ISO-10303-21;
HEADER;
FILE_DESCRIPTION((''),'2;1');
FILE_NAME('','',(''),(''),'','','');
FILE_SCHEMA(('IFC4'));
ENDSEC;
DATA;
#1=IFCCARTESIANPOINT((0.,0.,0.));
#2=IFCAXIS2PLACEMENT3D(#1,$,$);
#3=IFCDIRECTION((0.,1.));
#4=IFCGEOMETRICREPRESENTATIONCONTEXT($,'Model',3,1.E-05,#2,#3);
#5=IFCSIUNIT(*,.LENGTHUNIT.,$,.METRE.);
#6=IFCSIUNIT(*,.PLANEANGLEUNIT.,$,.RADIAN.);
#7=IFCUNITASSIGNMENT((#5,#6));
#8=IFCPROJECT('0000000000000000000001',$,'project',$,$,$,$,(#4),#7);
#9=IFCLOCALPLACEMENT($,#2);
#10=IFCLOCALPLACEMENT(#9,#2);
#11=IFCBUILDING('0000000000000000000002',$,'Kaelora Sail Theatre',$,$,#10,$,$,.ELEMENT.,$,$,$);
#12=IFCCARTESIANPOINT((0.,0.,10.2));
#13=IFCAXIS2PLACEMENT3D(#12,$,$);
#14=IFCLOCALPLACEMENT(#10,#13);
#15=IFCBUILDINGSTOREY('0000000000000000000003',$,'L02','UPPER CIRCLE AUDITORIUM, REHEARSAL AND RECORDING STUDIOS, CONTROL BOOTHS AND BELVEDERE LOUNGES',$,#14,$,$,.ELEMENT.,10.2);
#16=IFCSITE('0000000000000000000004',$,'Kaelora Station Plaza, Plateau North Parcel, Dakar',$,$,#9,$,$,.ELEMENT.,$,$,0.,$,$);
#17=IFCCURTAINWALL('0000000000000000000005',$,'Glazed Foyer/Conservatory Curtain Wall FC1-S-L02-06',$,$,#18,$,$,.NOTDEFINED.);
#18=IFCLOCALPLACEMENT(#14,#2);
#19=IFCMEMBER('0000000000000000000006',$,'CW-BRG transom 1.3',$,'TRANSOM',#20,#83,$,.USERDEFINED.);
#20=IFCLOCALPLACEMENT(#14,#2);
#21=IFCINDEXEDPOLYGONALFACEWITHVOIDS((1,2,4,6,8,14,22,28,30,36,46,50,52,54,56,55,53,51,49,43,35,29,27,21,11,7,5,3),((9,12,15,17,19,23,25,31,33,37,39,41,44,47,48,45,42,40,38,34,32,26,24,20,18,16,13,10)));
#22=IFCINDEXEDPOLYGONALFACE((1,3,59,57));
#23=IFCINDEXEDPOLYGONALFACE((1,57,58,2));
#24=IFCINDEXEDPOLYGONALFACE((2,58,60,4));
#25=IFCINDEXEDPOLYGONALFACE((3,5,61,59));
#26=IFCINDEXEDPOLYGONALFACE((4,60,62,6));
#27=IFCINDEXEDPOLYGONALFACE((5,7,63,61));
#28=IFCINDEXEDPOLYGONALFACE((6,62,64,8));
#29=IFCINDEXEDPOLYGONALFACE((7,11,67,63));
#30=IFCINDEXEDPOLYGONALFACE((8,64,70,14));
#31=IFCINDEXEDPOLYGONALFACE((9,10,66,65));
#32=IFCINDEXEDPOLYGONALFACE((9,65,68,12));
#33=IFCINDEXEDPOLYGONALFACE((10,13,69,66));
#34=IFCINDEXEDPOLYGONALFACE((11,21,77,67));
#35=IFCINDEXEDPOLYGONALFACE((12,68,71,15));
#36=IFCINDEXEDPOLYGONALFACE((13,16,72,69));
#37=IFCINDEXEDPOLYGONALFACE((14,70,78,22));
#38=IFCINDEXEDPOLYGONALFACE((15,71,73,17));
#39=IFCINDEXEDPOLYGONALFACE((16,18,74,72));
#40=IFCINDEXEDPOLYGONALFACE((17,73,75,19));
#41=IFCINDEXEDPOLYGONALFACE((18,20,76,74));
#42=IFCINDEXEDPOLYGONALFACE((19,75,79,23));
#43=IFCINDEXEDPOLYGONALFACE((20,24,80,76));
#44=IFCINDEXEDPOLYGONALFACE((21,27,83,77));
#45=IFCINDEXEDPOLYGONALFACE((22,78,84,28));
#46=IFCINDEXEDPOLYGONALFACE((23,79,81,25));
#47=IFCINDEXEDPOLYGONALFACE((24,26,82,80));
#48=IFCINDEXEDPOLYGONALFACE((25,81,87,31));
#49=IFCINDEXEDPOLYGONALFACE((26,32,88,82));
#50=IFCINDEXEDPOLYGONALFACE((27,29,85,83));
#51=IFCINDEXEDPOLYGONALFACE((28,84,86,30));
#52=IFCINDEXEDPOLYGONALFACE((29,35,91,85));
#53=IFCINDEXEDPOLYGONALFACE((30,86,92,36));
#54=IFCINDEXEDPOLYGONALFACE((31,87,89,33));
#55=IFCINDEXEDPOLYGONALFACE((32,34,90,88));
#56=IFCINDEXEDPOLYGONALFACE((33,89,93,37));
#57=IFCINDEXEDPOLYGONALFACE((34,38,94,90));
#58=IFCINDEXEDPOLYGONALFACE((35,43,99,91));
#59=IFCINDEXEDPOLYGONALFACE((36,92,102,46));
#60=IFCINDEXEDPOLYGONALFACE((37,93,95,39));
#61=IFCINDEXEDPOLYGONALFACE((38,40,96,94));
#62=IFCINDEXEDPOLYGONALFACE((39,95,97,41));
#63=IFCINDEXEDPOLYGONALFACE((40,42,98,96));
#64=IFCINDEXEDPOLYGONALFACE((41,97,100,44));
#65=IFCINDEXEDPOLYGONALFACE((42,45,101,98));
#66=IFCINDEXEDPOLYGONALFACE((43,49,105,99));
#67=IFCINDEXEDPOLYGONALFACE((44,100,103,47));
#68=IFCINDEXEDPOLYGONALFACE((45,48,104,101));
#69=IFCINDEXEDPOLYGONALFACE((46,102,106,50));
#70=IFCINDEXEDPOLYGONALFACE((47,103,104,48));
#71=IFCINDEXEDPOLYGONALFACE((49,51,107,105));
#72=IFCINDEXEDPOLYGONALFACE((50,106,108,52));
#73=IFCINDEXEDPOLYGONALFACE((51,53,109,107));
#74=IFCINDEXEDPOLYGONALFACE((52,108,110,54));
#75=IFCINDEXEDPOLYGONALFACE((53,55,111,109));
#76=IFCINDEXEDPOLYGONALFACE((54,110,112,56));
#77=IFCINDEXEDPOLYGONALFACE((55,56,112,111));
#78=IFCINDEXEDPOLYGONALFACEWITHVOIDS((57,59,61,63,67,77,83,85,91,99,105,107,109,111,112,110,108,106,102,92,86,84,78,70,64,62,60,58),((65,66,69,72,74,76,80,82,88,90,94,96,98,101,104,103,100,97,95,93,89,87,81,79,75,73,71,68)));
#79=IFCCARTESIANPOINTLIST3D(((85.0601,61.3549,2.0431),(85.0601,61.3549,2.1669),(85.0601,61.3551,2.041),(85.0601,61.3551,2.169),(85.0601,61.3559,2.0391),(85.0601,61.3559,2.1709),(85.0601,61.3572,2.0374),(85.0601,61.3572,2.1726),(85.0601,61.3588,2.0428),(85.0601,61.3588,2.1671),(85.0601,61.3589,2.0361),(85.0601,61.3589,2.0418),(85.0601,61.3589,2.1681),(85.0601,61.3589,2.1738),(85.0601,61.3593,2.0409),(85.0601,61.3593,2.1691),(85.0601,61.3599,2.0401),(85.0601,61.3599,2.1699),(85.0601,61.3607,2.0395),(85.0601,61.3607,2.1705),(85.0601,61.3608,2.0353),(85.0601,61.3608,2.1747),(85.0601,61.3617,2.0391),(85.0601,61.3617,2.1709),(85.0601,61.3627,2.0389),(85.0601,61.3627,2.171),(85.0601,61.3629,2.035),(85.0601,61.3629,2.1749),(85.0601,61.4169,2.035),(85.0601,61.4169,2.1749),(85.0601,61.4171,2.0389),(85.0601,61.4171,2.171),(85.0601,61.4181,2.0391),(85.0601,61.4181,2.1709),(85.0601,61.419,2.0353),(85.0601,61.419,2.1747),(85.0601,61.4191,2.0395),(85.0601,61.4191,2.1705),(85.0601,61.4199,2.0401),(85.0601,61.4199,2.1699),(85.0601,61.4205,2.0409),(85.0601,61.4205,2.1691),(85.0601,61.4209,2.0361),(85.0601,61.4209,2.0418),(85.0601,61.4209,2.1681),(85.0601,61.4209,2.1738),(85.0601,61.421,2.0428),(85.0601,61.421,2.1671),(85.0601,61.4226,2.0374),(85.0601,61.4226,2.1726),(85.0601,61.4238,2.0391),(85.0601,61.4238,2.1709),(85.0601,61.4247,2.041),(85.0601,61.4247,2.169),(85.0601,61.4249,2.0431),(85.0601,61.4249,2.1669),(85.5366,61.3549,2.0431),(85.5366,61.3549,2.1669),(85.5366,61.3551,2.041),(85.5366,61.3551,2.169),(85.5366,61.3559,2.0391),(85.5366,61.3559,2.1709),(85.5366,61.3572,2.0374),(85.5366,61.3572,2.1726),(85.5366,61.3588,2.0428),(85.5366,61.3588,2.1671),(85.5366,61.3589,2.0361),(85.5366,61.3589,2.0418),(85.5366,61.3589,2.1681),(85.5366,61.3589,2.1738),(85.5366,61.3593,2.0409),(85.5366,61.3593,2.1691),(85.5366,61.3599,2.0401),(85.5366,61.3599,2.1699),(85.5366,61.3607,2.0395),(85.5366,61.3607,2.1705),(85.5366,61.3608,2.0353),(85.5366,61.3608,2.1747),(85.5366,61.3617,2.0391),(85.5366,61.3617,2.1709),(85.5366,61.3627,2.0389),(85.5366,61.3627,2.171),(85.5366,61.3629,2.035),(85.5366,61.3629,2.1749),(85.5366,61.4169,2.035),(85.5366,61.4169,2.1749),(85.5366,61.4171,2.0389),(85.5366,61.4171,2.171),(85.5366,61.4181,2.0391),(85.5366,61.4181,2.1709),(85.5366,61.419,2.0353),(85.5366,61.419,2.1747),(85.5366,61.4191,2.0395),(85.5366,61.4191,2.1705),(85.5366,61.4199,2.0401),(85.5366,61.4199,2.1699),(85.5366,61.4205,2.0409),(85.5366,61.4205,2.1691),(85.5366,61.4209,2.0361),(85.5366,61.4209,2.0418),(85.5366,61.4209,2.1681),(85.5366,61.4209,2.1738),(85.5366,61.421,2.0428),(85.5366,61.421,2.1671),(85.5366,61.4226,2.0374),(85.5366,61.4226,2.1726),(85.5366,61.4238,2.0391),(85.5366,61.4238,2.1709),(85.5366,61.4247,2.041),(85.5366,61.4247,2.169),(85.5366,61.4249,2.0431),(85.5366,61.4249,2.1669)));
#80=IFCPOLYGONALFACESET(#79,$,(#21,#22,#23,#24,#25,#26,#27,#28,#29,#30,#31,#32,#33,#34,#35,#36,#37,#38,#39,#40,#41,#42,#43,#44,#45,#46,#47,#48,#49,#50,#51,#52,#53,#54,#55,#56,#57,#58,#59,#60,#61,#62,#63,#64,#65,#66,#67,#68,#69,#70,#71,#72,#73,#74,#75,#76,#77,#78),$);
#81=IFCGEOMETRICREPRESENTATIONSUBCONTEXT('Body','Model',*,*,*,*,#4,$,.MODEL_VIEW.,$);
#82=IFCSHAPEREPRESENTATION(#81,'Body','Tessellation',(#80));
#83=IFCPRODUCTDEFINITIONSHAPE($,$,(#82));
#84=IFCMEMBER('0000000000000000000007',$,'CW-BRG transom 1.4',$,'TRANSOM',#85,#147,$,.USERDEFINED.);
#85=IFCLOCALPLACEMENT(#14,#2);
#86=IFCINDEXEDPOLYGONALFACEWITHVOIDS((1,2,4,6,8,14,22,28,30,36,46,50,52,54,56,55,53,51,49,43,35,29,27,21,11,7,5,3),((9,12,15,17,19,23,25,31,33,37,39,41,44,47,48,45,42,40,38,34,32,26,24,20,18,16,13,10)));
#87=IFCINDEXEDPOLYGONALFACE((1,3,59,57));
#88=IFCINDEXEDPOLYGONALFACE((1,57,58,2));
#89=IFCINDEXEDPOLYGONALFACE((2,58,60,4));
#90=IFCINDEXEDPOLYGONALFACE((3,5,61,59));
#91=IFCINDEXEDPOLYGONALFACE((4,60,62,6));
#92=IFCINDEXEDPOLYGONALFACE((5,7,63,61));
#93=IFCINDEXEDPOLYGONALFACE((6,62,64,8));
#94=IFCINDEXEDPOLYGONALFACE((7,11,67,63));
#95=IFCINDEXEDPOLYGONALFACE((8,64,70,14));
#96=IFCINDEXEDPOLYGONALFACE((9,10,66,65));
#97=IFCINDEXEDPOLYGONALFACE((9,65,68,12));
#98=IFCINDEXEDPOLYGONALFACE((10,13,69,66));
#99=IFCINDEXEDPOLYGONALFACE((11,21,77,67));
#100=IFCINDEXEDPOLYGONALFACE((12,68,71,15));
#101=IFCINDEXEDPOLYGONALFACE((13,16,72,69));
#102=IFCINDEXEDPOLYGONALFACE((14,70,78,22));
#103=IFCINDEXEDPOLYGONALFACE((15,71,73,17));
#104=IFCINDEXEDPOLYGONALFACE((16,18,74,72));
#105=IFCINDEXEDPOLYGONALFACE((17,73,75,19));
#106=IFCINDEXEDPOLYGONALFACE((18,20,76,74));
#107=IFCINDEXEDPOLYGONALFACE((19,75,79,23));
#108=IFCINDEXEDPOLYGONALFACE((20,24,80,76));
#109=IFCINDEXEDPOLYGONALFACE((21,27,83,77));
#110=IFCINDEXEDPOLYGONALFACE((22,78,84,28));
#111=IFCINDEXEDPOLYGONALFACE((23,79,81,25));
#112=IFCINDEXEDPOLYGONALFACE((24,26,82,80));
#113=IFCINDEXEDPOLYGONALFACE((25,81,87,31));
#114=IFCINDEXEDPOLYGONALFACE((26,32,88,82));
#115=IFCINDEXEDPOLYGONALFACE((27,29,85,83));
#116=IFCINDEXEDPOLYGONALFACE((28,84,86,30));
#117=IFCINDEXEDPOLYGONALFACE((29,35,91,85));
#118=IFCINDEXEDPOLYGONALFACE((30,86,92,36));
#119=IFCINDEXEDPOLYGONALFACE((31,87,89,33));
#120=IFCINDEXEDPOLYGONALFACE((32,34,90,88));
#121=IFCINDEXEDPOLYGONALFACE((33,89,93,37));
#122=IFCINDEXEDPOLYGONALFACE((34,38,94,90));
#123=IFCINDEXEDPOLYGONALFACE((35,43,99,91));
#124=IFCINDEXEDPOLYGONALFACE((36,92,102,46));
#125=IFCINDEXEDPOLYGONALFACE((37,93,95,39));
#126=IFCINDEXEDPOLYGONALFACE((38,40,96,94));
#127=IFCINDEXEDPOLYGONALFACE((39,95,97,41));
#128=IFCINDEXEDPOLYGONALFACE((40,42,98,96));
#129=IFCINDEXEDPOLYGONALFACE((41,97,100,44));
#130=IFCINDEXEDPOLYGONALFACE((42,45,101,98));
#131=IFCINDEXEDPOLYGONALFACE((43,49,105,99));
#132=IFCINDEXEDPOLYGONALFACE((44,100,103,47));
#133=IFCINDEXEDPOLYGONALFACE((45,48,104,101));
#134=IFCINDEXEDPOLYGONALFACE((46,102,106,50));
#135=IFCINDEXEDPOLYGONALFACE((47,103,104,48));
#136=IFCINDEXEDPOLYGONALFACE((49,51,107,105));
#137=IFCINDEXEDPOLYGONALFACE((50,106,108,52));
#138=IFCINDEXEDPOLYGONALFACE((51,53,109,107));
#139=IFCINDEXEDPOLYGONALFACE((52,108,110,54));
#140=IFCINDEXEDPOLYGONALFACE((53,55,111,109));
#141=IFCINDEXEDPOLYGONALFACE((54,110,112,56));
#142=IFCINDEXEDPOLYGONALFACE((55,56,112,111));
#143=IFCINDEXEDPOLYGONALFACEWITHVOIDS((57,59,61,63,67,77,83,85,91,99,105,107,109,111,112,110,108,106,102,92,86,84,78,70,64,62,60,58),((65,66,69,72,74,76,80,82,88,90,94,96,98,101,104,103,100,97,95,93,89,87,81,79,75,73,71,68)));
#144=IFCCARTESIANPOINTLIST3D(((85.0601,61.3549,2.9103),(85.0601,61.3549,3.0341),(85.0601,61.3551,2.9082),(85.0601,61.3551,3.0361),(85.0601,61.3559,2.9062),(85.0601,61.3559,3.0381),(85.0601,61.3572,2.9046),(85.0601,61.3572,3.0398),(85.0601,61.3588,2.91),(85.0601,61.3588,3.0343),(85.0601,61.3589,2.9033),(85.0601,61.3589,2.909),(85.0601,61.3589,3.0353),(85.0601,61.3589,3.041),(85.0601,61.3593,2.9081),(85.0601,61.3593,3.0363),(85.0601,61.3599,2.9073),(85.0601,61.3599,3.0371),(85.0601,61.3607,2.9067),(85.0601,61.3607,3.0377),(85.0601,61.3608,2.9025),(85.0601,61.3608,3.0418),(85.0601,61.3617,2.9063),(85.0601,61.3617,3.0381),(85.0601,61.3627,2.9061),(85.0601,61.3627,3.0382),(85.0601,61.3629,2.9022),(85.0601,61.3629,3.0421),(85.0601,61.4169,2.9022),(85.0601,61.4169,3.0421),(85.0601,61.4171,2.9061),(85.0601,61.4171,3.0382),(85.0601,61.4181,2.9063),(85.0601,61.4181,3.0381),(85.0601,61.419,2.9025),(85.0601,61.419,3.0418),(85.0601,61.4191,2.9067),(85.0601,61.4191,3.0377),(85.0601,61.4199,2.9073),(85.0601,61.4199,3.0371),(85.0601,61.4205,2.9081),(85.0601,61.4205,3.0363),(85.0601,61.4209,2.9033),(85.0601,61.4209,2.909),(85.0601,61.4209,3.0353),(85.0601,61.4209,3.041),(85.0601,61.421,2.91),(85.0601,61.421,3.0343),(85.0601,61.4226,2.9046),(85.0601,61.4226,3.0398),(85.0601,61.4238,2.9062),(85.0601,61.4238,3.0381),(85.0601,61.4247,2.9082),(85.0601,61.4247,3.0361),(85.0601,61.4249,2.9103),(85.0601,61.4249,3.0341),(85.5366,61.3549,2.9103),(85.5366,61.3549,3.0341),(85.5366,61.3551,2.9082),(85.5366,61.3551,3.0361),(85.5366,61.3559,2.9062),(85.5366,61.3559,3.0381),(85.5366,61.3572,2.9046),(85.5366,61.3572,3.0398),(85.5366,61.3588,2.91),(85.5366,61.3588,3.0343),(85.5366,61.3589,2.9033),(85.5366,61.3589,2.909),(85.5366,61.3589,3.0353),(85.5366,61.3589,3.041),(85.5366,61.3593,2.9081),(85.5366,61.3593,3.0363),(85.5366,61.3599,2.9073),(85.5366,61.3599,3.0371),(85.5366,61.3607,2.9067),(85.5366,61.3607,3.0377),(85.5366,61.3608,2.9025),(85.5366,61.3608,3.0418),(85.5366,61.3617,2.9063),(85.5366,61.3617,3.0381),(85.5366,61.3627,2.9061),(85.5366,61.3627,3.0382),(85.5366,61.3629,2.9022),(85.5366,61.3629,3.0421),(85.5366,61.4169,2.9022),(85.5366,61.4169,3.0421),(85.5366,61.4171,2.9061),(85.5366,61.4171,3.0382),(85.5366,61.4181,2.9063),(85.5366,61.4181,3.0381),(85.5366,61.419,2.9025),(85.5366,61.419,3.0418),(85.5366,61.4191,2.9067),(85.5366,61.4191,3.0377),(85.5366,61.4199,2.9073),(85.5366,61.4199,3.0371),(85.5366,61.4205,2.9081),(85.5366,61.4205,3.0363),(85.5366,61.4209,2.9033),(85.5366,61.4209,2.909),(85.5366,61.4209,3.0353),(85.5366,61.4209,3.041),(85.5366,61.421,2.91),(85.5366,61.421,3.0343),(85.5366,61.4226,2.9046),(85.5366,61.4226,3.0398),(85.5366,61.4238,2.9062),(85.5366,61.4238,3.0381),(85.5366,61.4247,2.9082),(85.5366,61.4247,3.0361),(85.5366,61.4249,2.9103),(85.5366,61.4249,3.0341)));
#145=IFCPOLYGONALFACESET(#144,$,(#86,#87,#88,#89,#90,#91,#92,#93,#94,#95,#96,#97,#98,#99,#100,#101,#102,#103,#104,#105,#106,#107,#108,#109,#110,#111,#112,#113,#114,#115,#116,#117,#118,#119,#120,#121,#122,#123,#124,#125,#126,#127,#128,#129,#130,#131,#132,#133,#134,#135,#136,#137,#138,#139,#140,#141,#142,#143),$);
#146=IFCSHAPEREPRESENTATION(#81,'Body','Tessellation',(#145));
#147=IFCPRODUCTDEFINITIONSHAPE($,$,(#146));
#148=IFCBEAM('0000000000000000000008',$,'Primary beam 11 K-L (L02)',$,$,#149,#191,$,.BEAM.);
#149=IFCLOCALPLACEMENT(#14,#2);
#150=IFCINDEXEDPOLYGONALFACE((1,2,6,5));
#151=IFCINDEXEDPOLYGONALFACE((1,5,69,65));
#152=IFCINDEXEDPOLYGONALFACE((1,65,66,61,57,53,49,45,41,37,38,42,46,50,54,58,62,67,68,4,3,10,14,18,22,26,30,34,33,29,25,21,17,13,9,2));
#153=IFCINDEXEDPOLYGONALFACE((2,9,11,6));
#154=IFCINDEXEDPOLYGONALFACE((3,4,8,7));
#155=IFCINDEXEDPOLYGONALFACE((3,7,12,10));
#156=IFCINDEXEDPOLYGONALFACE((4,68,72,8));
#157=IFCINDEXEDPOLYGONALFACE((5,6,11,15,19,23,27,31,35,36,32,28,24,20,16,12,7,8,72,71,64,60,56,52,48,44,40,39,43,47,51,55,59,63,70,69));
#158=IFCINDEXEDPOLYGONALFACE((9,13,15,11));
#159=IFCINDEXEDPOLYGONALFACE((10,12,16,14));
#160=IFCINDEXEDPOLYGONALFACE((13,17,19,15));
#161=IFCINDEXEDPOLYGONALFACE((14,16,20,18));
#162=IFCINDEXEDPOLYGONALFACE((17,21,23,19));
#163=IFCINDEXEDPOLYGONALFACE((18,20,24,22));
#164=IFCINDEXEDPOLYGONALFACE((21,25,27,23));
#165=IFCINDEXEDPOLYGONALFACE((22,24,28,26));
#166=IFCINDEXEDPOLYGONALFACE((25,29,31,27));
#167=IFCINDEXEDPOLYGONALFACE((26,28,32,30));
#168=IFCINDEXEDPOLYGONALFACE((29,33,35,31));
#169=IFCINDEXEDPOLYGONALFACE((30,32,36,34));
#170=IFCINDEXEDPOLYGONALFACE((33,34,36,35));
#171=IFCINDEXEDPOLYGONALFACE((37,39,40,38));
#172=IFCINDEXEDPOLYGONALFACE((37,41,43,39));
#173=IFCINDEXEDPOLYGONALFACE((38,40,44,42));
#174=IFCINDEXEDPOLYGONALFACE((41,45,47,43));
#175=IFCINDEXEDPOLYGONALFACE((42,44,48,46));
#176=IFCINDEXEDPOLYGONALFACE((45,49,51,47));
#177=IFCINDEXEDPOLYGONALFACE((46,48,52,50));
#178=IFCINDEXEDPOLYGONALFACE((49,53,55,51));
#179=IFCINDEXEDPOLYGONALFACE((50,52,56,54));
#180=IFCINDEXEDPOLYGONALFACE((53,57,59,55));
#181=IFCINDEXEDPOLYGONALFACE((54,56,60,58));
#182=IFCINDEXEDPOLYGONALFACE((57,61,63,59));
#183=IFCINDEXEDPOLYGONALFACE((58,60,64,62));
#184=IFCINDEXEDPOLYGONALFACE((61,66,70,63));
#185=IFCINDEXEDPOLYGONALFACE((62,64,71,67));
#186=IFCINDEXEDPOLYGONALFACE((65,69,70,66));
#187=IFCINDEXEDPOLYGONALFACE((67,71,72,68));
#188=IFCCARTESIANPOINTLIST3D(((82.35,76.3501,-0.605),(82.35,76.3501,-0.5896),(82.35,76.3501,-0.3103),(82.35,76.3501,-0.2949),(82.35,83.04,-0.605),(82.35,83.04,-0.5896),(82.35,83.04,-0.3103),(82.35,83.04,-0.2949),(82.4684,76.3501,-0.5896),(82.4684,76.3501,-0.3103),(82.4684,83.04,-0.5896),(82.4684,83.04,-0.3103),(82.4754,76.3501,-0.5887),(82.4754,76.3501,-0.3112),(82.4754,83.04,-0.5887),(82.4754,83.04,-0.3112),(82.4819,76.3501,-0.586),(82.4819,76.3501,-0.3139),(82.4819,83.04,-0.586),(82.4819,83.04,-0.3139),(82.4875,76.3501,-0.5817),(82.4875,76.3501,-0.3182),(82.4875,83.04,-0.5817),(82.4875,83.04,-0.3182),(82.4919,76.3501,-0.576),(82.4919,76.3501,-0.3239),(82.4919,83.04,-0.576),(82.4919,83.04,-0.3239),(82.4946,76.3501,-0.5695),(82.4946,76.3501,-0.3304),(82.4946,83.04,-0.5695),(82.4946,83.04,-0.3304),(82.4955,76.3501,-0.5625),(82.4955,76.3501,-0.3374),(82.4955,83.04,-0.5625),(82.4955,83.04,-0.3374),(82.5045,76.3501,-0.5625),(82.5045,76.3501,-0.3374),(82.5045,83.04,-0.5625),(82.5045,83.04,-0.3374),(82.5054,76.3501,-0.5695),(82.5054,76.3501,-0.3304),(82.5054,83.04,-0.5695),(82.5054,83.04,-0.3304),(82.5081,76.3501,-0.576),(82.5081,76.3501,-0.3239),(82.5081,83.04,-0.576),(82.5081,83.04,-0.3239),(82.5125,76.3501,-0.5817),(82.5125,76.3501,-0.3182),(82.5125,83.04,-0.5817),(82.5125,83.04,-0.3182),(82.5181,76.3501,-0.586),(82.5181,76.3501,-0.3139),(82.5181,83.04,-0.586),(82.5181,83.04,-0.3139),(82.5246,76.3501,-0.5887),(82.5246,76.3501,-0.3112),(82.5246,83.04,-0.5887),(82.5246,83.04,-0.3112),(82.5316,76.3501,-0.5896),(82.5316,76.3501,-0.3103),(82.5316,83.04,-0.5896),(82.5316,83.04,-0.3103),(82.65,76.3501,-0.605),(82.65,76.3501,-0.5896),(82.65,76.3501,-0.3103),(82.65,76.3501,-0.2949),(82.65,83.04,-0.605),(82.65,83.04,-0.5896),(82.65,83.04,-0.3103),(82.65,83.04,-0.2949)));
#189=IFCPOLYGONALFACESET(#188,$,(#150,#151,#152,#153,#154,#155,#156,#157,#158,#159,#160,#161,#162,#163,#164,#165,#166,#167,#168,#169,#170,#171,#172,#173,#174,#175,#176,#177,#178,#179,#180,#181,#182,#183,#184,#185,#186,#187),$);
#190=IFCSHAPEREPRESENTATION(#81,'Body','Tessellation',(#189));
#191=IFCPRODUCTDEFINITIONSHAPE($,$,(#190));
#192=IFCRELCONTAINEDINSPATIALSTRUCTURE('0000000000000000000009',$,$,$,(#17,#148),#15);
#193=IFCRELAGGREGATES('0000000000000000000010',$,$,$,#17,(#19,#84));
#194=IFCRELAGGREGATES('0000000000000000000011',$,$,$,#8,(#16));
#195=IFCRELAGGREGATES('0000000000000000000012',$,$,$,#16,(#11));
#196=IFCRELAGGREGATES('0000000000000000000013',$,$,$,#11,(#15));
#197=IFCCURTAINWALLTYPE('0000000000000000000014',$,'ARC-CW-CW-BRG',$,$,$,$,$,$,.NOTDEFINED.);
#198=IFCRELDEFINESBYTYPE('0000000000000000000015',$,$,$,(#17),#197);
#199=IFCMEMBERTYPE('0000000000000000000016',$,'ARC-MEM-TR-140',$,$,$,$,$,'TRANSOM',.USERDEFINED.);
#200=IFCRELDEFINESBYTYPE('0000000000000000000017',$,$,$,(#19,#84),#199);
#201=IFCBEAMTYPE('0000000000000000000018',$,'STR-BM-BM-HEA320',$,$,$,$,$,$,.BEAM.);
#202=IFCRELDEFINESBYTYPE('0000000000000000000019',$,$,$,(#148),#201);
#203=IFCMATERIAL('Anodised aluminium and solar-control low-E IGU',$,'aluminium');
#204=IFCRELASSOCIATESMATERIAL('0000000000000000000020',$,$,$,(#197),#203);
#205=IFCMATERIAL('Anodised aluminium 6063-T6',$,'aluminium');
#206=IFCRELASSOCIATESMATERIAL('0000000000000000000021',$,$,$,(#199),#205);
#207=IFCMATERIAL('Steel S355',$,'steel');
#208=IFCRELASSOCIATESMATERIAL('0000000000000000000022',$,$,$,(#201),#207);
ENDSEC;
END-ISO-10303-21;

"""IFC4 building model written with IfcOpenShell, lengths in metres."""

from ifc_helpers import new_model, si_unit, direction, frame, origin, origin_2d, place, context, subcontext, project, spatial, hollow_rectangle, i_section, extrude, material, material_profile, profile_set, type_object, element, aggregate, save


model = new_model("IFC4")

# Units and contexts
model_context = context("Model", 3, precision=1e-05, world=origin(), true_north=direction((0.0, 1.0)))
body_context = subcontext(model_context, "Body", "Model", "MODEL_VIEW")
ifc_project = project(units=[si_unit("LENGTHUNIT", "METRE"), si_unit("PLANEANGLEUNIT", "RADIAN")], contexts=[model_context])

# Site, building, storey
site_placement = place(None, origin())
site = spatial("IfcSite", under=ifc_project, at=site_placement, Name="Kaelora Station Plaza, Plateau North Parcel, Dakar", CompositionType="ELEMENT", RefElevation=0.0)
building_placement = place(site_placement, origin())
building = spatial("IfcBuilding", under=site, at=building_placement, Name="Kaelora Sail Theatre", CompositionType="ELEMENT")
storey_placement = place(building_placement, frame((0.0, 0.0, 10.2)))
storey = spatial("IfcBuildingStorey", under=building, at=storey_placement, Name="L02", Description="UPPER CIRCLE AUDITORIUM, REHEARSAL AND RECORDING STUDIOS, CONTROL BOOTHS AND BELVEDERE LOUNGES", CompositionType="ELEMENT", Elevation=10.2)

# Shared definitions
ifc_material_1 = material(Name="Anodised aluminium and solar-control low-E IGU", Category="aluminium")
curtain_wall_type = type_object("IfcCurtainWallType", Name="ARC-CW-CW-BRG", PredefinedType="NOTDEFINED", material=ifc_material_1)

# Curtain wall
curtain_wall_1_placement = place(storey_placement, origin())
curtain_wall_1 = element("IfcCurtainWall", 1, at=curtain_wall_1_placement, inside=storey, type_object=curtain_wall_type, Name="Glazed Foyer/Conservatory Curtain Wall FC1-S-L02-06", PredefinedType="NOTDEFINED")

# Members
ifc_material_2 = material(Name="Anodised aluminium 6063-T6", Category="aluminium")
ifc_material_profile_1 = material_profile(ifc_material_2, hollow_rectangle(XDim=0.0701, YDim=0.1399, WallThickness=0.0039, InnerFilletRadius=0.0039, OuterFilletRadius=0.0081, at=origin_2d()), Name="ALU-TRAN 70x140x4")
ifc_profile_set_1 = profile_set([ifc_material_profile_1], Name="Anodised aluminium 6063-T6")
member_type_1 = type_object("IfcMemberType", Name="ARC-MEM-TR-140", ElementType="TRANSOM", PredefinedType="USERDEFINED", material=ifc_profile_set_1)
member_1_placement = place(storey_placement, frame((85.0601, 61.3899, 2.105), z_axis=(1.0, 0.0, 0.0), x_axis=(0.0, 1.0, 0.0)))
member_1 = element("IfcMember", 2, at=member_1_placement, type_object=member_type_1, Name="CW-BRG transom 1.3", ObjectType="TRANSOM", PredefinedType="USERDEFINED", context=body_context, shape_type="SweptSolid", body=[
    extrude(hollow_rectangle(XDim=0.0701, YDim=0.1399, WallThickness=0.0039, InnerFilletRadius=0.0039, OuterFilletRadius=0.0081, at=origin_2d()), origin(), (0.0, 0.0, 1.0), 0.4766),
])
member_2_placement = place(storey_placement, frame((85.0601, 61.3899, 2.9722), z_axis=(1.0, 0.0, 0.0), x_axis=(0.0, 1.0, 0.0)))
member_2 = element("IfcMember", 3, at=member_2_placement, type_object=member_type_1, Name="CW-BRG transom 1.4", ObjectType="TRANSOM", PredefinedType="USERDEFINED", context=body_context, shape_type="SweptSolid", body=[
    extrude(hollow_rectangle(XDim=0.0701, YDim=0.1399, WallThickness=0.0039, InnerFilletRadius=0.0039, OuterFilletRadius=0.0081, at=origin_2d()), origin(), (0.0, 0.0, 1.0), 0.4766),
])
aggregate(curtain_wall_1, [member_1, member_2])

# Beam
ifc_material_3 = material(Name="Steel S355", Category="steel")
ifc_material_profile_2 = material_profile(ifc_material_3, i_section(OverallWidth=0.3, OverallDepth=0.3101, WebThickness=0.009, FlangeThickness=0.0154, FilletRadius=0.0271, at=origin_2d()), Name="HEA 320")
ifc_profile_set_2 = profile_set([ifc_material_profile_2], Name="Steel S355")
beam_type_1 = type_object("IfcBeamType", Name="STR-BM-BM-HEA320", PredefinedType="BEAM", material=ifc_profile_set_2)
beam_1_placement = place(storey_placement, frame((82.5, 76.3501, -0.45), z_axis=(0.0, 1.0, 0.0), x_axis=(-1.0, 0.0, 0.0)))
element("IfcBeam", 4, at=beam_1_placement, inside=storey, type_object=beam_type_1, Name="Primary beam 11 K-L (L02)", PredefinedType="BEAM", context=body_context, shape_type="SweptSolid", body=[
    extrude(i_section(OverallWidth=0.3, OverallDepth=0.3101, WebThickness=0.009, FlangeThickness=0.0154, FilletRadius=0.0271, at=origin_2d()), origin(), (0.0, 0.0, 1.0), 6.6899),
])

save(model, "model.ifc")
